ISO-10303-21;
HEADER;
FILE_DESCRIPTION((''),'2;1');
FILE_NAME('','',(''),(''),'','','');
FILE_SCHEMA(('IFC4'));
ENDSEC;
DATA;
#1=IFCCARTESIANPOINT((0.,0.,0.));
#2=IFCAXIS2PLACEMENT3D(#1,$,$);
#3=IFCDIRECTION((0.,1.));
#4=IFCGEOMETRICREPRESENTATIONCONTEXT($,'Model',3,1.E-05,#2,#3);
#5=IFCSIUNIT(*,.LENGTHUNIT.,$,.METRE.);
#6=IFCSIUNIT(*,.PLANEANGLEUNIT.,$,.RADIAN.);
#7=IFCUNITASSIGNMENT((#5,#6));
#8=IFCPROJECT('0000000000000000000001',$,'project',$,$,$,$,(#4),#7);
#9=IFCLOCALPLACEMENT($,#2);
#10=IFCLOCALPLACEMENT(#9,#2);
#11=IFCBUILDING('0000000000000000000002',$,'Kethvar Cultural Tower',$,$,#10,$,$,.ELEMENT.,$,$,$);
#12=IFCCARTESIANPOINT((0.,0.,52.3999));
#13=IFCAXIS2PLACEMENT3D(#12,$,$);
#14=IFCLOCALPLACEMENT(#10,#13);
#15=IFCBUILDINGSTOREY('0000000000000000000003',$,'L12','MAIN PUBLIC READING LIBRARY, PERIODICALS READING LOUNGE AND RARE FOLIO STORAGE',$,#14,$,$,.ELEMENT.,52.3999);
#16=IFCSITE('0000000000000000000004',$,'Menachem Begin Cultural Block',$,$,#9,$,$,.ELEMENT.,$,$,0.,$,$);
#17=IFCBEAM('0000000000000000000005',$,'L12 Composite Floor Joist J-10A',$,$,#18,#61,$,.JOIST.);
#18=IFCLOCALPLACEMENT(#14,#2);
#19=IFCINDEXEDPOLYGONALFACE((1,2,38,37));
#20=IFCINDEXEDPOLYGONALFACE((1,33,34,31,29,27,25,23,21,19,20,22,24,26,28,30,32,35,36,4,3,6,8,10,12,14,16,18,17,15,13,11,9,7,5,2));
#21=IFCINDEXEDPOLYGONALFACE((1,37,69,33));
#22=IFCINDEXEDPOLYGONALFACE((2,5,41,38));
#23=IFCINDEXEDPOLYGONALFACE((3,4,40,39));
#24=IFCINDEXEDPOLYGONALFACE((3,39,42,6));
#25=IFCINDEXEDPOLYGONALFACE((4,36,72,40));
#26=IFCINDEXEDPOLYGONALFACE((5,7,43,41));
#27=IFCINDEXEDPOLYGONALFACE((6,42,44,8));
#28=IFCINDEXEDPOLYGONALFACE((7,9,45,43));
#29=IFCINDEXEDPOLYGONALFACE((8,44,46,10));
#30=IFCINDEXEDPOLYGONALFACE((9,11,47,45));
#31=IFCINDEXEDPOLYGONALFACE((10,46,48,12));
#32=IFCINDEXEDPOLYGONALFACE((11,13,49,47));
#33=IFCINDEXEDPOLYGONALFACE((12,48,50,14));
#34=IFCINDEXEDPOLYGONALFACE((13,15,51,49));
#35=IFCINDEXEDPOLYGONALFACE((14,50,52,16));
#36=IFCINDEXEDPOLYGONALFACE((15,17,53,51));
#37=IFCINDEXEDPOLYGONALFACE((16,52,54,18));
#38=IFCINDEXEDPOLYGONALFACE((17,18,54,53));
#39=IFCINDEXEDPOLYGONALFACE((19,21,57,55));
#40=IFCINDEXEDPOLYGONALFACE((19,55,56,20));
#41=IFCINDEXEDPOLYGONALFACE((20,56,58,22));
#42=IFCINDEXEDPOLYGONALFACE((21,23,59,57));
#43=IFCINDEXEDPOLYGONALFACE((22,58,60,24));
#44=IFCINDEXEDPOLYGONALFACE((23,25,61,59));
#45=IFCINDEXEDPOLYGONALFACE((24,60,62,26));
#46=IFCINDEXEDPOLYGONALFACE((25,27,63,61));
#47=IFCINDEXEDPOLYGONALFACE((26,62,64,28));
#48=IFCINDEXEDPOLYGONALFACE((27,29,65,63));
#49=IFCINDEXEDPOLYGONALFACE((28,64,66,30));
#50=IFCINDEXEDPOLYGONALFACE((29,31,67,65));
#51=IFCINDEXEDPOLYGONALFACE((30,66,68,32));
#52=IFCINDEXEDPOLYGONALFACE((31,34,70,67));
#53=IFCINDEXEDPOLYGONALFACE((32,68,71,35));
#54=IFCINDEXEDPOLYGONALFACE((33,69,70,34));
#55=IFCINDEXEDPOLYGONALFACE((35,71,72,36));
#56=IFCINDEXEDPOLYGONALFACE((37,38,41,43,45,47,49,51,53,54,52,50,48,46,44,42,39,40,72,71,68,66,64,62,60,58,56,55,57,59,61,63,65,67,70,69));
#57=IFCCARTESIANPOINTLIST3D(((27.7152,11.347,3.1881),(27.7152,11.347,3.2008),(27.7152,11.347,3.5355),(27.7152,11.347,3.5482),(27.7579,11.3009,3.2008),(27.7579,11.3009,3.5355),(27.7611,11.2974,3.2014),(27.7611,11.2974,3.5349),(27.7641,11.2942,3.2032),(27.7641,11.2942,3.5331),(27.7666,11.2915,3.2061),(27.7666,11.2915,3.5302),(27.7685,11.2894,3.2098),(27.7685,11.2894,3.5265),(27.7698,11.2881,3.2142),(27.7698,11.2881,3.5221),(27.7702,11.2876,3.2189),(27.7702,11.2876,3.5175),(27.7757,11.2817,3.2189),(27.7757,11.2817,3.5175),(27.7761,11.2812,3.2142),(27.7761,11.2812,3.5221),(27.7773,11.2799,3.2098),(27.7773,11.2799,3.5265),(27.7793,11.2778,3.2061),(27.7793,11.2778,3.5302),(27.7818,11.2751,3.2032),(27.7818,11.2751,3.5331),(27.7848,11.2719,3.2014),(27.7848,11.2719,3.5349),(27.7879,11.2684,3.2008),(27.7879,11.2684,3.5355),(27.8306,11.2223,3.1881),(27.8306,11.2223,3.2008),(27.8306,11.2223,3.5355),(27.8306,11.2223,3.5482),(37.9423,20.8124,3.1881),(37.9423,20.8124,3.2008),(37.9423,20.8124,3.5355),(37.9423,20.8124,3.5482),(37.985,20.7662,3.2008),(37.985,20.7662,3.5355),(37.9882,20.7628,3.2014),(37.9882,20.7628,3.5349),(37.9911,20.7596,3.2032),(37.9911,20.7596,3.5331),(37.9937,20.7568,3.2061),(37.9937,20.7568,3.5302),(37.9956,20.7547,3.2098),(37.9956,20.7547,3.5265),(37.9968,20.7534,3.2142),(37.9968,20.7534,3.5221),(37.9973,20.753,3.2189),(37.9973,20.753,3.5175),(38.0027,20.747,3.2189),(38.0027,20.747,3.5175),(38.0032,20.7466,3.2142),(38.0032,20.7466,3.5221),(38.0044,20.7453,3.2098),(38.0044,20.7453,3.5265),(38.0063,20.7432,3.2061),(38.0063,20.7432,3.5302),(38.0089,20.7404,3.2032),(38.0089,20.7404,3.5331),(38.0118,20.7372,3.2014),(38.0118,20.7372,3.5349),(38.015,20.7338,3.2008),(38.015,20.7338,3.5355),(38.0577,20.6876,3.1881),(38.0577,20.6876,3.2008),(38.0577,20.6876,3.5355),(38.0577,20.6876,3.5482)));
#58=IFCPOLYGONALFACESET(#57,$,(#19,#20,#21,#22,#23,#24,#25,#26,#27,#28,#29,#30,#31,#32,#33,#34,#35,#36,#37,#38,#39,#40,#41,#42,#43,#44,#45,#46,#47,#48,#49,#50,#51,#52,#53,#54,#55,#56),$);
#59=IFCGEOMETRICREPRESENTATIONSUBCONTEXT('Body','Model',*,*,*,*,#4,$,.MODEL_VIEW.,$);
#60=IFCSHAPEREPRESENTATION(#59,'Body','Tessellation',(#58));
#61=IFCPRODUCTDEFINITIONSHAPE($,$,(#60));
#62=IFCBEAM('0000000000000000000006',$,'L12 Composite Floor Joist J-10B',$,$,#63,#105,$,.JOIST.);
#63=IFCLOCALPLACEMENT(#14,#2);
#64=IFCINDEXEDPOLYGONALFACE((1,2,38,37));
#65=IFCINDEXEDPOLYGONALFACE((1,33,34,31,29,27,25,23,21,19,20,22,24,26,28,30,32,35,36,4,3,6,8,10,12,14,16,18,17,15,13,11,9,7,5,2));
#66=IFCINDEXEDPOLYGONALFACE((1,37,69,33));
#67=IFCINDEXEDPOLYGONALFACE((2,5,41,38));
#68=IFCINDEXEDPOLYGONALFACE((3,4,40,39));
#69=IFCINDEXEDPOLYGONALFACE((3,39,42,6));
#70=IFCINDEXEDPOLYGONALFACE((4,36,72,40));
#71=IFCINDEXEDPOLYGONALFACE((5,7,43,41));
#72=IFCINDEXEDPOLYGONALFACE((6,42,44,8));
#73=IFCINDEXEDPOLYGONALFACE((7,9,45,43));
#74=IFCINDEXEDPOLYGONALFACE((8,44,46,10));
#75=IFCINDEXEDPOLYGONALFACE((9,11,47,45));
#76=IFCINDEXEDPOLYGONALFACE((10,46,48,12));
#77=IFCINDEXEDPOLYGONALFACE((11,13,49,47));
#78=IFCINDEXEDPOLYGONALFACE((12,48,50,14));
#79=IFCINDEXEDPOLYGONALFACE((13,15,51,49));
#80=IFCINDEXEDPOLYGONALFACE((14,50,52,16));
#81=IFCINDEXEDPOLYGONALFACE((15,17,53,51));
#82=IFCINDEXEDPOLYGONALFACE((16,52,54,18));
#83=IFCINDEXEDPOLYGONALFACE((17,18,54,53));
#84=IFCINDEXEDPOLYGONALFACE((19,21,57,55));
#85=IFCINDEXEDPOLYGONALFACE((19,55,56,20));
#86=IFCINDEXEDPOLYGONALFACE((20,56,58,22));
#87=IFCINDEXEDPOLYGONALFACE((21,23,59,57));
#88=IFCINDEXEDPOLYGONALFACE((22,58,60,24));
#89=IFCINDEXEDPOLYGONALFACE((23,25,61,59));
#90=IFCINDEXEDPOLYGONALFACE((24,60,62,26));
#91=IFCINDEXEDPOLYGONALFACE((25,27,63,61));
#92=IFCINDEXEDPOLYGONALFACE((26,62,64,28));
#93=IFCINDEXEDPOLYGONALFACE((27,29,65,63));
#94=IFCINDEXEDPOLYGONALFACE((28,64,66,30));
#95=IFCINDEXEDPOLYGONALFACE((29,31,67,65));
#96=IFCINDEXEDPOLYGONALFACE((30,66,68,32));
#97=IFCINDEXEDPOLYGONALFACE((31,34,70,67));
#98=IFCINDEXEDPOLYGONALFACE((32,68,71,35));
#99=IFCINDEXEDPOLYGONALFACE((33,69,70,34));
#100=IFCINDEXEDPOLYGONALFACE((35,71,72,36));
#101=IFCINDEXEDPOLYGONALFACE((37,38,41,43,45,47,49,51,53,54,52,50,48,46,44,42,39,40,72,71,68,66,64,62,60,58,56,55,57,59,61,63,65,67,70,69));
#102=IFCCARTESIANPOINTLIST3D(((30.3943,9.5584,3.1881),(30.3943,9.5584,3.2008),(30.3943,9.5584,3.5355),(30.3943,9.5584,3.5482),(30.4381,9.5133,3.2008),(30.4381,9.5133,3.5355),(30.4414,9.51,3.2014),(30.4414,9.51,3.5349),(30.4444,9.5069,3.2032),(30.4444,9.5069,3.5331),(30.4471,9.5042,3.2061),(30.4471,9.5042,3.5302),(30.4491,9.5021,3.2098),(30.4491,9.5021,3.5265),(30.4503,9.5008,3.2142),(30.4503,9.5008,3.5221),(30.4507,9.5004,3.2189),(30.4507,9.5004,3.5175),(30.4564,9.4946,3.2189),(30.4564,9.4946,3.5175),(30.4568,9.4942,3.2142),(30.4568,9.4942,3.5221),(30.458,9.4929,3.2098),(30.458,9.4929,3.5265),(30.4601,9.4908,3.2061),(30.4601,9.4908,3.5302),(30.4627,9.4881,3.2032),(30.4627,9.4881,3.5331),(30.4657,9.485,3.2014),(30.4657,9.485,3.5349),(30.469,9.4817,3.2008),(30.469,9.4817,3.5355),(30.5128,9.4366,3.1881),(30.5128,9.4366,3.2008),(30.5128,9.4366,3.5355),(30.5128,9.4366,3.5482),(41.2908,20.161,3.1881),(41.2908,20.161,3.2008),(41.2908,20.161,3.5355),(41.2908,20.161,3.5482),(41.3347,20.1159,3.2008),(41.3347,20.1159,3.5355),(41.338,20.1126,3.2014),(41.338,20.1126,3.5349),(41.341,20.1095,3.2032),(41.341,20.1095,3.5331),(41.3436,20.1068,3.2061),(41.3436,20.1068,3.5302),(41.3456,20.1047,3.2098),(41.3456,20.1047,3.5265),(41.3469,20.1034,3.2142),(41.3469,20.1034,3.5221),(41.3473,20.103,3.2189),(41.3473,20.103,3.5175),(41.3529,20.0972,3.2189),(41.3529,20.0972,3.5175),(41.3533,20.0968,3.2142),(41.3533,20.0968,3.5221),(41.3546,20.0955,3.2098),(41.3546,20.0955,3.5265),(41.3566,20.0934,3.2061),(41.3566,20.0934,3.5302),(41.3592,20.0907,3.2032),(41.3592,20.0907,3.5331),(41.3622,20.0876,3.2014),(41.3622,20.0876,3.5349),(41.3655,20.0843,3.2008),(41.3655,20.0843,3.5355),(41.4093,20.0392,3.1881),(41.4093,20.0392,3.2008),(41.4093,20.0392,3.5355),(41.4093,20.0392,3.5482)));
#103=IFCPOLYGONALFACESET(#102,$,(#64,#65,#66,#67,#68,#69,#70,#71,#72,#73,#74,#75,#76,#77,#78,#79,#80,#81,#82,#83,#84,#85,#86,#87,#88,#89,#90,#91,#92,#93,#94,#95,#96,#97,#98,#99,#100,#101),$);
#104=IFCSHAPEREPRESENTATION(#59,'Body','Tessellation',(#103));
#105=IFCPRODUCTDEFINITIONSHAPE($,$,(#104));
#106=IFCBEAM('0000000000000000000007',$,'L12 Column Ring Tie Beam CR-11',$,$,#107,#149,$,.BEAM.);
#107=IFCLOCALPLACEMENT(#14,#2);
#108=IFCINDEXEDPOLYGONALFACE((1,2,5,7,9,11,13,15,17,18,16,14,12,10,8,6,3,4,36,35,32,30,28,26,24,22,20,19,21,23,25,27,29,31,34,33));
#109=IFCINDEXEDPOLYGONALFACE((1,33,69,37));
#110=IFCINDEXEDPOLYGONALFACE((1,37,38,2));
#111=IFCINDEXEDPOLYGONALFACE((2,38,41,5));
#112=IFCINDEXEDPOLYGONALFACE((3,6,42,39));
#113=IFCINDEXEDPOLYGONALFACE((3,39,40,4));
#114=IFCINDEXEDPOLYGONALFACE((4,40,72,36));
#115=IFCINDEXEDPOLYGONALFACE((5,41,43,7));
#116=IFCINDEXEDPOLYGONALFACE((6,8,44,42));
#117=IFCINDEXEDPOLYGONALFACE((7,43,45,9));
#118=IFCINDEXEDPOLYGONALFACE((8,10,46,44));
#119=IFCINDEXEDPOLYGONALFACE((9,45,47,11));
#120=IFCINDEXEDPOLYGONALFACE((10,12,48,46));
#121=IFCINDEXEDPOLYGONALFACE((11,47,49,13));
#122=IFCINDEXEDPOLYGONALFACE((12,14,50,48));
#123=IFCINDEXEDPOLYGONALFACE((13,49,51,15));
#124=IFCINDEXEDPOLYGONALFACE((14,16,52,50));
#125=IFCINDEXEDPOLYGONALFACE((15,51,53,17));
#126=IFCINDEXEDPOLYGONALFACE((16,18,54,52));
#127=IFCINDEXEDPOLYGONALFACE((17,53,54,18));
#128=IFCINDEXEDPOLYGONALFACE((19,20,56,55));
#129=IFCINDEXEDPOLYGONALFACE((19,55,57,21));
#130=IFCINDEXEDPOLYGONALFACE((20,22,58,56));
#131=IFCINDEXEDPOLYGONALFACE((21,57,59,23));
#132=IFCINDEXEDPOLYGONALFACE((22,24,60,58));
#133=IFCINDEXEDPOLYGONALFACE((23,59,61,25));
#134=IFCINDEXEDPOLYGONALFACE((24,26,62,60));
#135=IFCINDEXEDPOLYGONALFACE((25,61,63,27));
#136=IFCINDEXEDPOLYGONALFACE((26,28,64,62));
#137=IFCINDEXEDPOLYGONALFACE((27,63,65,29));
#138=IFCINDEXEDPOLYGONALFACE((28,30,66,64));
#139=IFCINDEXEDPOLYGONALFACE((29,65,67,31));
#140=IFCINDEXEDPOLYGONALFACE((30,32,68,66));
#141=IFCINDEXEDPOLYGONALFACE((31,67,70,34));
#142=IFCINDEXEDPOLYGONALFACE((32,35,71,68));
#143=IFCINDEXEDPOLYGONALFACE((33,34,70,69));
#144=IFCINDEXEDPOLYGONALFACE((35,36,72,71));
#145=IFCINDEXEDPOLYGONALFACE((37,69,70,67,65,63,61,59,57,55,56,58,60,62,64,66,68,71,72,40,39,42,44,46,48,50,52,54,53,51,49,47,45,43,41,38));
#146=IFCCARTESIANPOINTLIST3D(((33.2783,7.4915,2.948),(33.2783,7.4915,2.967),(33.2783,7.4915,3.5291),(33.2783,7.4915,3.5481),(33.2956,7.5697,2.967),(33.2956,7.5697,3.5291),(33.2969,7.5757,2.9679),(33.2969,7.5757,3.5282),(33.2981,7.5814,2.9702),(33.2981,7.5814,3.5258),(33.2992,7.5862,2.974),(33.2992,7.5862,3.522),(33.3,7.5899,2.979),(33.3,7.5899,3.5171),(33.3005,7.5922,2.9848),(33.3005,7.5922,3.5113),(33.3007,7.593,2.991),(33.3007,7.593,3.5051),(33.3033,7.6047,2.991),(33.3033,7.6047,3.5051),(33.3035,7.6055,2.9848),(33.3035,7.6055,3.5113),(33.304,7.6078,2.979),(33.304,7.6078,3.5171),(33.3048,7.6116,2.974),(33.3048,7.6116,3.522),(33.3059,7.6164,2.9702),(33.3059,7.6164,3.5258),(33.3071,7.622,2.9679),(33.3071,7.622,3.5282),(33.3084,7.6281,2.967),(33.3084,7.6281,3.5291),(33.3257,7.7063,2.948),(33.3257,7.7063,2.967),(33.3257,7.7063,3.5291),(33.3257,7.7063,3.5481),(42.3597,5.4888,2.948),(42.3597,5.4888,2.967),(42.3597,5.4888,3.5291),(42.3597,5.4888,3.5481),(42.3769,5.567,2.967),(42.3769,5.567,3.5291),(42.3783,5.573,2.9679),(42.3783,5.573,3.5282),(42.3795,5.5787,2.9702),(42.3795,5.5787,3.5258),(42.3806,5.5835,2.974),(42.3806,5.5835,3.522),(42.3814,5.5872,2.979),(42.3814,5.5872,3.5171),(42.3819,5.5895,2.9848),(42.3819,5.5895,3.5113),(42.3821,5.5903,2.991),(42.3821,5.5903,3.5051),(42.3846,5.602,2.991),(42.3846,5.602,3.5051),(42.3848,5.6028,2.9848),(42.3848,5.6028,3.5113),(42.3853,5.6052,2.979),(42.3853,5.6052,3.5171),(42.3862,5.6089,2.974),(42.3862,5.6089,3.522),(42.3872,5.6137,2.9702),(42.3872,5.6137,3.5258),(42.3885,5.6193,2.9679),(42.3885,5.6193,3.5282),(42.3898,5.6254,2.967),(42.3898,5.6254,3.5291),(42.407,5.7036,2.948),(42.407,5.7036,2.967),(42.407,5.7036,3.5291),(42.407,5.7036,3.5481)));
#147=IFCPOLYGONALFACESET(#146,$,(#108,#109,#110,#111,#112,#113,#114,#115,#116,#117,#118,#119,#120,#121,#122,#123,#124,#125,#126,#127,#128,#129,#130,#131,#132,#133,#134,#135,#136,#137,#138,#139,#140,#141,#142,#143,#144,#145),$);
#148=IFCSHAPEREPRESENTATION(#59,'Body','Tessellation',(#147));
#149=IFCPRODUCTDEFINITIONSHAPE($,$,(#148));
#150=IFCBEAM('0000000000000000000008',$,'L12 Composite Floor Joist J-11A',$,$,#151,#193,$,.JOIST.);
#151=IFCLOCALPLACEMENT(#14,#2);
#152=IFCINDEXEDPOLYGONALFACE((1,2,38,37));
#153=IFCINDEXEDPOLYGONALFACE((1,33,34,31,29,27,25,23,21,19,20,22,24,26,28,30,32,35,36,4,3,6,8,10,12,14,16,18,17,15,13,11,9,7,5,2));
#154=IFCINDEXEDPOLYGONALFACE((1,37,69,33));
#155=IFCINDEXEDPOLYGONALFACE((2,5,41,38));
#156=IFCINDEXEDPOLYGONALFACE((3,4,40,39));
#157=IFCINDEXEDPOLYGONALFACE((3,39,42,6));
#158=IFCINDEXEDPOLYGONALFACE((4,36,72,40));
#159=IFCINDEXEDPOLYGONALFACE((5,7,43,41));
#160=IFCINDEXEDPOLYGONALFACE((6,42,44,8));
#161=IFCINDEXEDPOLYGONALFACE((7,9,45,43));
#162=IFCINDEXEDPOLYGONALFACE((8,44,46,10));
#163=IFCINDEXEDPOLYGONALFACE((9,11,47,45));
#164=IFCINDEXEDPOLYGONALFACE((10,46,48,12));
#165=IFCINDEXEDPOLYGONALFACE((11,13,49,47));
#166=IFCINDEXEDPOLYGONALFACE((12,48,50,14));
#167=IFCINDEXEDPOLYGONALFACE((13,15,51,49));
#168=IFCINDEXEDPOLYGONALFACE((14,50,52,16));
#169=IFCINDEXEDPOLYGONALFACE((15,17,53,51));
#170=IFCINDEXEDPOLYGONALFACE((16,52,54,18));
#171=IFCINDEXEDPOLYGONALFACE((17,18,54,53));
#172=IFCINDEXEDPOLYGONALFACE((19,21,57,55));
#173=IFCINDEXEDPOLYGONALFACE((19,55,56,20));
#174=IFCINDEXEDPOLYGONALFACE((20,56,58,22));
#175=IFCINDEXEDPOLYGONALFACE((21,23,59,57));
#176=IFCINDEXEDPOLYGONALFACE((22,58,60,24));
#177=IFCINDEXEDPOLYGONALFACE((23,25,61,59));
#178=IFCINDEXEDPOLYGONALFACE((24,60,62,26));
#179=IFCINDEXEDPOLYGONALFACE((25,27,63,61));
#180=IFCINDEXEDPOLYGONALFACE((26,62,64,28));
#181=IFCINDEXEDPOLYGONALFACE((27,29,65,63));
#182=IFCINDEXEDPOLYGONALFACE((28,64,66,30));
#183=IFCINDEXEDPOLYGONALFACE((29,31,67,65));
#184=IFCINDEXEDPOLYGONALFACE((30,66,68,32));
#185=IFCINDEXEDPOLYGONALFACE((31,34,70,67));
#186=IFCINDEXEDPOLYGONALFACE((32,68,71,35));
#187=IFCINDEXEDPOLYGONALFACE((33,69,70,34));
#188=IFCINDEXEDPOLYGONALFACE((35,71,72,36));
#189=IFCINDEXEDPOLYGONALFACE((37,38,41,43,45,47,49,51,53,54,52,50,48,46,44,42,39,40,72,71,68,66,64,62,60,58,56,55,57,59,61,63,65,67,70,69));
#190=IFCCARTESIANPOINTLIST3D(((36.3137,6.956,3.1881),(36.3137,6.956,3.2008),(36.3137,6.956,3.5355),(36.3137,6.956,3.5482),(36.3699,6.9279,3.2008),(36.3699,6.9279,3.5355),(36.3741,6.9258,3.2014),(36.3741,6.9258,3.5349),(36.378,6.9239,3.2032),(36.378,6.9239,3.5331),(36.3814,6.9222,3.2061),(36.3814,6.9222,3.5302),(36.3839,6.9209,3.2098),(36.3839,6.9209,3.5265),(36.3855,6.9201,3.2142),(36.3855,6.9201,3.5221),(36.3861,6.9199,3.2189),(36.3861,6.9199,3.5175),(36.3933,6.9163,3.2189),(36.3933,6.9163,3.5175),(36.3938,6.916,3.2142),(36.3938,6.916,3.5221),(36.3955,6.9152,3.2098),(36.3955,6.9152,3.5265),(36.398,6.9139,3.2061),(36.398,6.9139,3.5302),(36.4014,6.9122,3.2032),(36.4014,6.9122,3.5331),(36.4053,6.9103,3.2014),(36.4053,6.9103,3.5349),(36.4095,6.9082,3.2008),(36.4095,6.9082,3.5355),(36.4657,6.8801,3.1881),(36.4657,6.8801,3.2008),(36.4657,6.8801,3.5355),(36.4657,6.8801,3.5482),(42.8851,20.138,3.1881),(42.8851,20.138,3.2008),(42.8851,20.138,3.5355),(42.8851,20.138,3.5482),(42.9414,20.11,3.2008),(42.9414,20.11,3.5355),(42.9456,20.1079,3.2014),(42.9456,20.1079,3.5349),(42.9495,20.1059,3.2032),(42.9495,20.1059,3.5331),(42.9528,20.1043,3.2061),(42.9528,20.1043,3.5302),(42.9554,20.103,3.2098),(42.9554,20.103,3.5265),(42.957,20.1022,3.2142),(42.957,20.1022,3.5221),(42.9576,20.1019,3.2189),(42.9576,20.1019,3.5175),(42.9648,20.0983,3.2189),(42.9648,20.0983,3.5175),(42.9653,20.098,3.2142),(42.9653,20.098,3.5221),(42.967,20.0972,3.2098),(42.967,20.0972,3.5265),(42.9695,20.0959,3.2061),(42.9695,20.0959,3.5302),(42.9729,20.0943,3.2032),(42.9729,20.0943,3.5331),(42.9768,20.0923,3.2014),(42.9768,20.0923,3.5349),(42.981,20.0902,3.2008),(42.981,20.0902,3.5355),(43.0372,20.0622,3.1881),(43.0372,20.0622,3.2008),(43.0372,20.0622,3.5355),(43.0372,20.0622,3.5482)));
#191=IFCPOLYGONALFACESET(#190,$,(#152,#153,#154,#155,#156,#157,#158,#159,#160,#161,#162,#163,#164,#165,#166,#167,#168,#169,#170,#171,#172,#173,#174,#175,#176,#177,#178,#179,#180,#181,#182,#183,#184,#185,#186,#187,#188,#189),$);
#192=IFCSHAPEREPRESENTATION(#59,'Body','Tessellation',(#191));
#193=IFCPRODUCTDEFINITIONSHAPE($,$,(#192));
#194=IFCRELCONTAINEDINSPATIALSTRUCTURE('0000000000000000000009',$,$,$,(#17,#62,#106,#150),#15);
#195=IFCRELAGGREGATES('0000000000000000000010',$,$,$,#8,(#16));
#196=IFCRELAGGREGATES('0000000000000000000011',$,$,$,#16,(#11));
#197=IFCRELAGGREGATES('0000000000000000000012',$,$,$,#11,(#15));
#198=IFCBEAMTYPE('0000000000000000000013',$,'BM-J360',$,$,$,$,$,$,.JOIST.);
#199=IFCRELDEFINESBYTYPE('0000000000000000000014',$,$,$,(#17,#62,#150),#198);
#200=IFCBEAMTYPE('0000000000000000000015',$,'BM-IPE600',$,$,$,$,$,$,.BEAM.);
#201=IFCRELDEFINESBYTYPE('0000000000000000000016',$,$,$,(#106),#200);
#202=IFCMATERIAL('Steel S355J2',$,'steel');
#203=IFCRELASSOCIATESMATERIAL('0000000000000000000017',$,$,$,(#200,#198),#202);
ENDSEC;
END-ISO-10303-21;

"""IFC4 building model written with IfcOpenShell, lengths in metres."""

from ifc_helpers import new_model, si_unit, direction, frame, origin, origin_2d, place, context, subcontext, project, spatial, i_section, extrude, source, transform, mapped, material, material_profile, profile_set, type_object, element, save


model = new_model("IFC4")

# Units and contexts
model_context = context("Model", 3, precision=1e-05, world=origin(), true_north=direction((0.0, 1.0)))
body_context = subcontext(model_context, "Body", "Model", "MODEL_VIEW")
ifc_project = project(units=[si_unit("LENGTHUNIT", "METRE"), si_unit("PLANEANGLEUNIT", "RADIAN")], contexts=[model_context])

# Site, building, storey
site_placement = place(None, origin())
site = spatial("IfcSite", under=ifc_project, at=site_placement, Name="Menachem Begin Cultural Block", CompositionType="ELEMENT", RefElevation=0.0)
building_placement = place(site_placement, origin())
building = spatial("IfcBuilding", under=site, at=building_placement, Name="Kethvar Cultural Tower", CompositionType="ELEMENT")
storey_placement = place(building_placement, frame((0.0, 0.0, 52.3999)))
storey = spatial("IfcBuildingStorey", under=building, at=storey_placement, Name="L12", Description="MAIN PUBLIC READING LIBRARY, PERIODICALS READING LOUNGE AND RARE FOLIO STORAGE", CompositionType="ELEMENT", Elevation=52.3999)

# Beams
ifc_material_1 = material(Name="Steel S355J2", Category="steel")
ifc_material_profile_1 = material_profile(ifc_material_1, i_section(OverallWidth=0.22, OverallDepth=0.6001, WebThickness=0.012, FlangeThickness=0.019, FilletRadius=0.0239, at=origin_2d()), Name="Steel S355J2 — IPE600")
ifc_profile_set_1 = profile_set([ifc_material_profile_1], Name="Steel S355J2 — IPE600")
beam_type_1 = type_object("IfcBeamType", Name="BM-IPE600", PredefinedType="BEAM", material=ifc_profile_set_1)
ifc_material_profile_2 = material_profile(ifc_material_1, i_section(OverallWidth=0.1699, OverallDepth=0.3601, WebThickness=0.0081, FlangeThickness=0.0127, FilletRadius=0.0181, at=origin_2d()), Name="Steel S355J2 — IPE360")
ifc_profile_set_2 = profile_set([ifc_material_profile_2], Name="Steel S355J2 — IPE360")
beam_type_2 = type_object("IfcBeamType", Name="BM-J360", PredefinedType="JOIST", material=ifc_profile_set_2)
shared_shape_1 = source(origin(), body_context, "Body", "SweptSolid", [
    extrude(i_section(OverallWidth=0.1699, OverallDepth=0.3601, WebThickness=0.0081, FlangeThickness=0.0127, FilletRadius=0.0181, at=origin_2d()), origin(), (0.0, 0.0, 1.0), 13.9351),
])
beam_1_placement = place(storey_placement, frame((38.0, 20.75, 3.3682), z_axis=(-0.733909, -0.679247, 0.0), x_axis=(0.679247, -0.733909, 0.0)))
element("IfcBeam", 1, at=beam_1_placement, inside=storey, type_object=beam_type_2, Name="L12 Composite Floor Joist J-10A", PredefinedType="JOIST", context=body_context, shape_type="MappedRepresentation", body=[
    mapped(shared_shape_1, transform((0.0, 0.0, 0.0), scale=1.0)),
])
shared_shape_2 = source(origin(), body_context, "Body", "SweptSolid", [
    extrude(i_section(OverallWidth=0.1699, OverallDepth=0.3601, WebThickness=0.0081, FlangeThickness=0.0127, FilletRadius=0.0181, at=origin_2d()), origin(), (0.0, 0.0, 1.0), 15.2036),
])
beam_2_placement = place(storey_placement, frame((41.3501, 20.1001, 3.3682), z_axis=(-0.716708, -0.697374, 0.0), x_axis=(0.697374, -0.716708, 0.0)))
element("IfcBeam", 2, at=beam_2_placement, inside=storey, type_object=beam_type_2, Name="L12 Composite Floor Joist J-10B", PredefinedType="JOIST", context=body_context, shape_type="MappedRepresentation", body=[
    mapped(shared_shape_2, transform((0.0, 0.0, 0.0), scale=1.0)),
])
shared_shape_3 = source(origin(), body_context, "Body", "SweptSolid", [
    extrude(i_section(OverallWidth=0.22, OverallDepth=0.6001, WebThickness=0.012, FlangeThickness=0.019, FilletRadius=0.0239, at=origin_2d()), origin(), (0.0, 0.0, 1.0), 9.2996),
])
beam_3_placement = place(storey_placement, frame((33.302, 7.5989, 3.248), z_axis=(0.976536, -0.215354, 0.0), x_axis=(0.215354, 0.976536, 0.0)))
element("IfcBeam", 3, at=beam_3_placement, inside=storey, type_object=beam_type_1, Name="L12 Column Ring Tie Beam CR-11", PredefinedType="BEAM", context=body_context, shape_type="MappedRepresentation", body=[
    mapped(shared_shape_3, transform((0.0, 0.0, 0.0), scale=1.0)),
])
shared_shape_4 = source(origin(), body_context, "Body", "SweptSolid", [
    extrude(i_section(OverallWidth=0.1699, OverallDepth=0.3601, WebThickness=0.0081, FlangeThickness=0.0127, FilletRadius=0.0181, at=origin_2d()), origin(), (0.0, 0.0, 1.0), 14.7292),
])
beam_4_placement = place(storey_placement, frame((42.9612, 20.1001, 3.3682), z_axis=(-0.446152, -0.894957, 0.0), x_axis=(0.894957, -0.446152, 0.0)))
element("IfcBeam", 4, at=beam_4_placement, inside=storey, type_object=beam_type_2, Name="L12 Composite Floor Joist J-11A", PredefinedType="JOIST", context=body_context, shape_type="MappedRepresentation", body=[
    mapped(shared_shape_4, transform((0.0, 0.0, 0.0), scale=1.0)),
])

save(model, "model.ifc")
